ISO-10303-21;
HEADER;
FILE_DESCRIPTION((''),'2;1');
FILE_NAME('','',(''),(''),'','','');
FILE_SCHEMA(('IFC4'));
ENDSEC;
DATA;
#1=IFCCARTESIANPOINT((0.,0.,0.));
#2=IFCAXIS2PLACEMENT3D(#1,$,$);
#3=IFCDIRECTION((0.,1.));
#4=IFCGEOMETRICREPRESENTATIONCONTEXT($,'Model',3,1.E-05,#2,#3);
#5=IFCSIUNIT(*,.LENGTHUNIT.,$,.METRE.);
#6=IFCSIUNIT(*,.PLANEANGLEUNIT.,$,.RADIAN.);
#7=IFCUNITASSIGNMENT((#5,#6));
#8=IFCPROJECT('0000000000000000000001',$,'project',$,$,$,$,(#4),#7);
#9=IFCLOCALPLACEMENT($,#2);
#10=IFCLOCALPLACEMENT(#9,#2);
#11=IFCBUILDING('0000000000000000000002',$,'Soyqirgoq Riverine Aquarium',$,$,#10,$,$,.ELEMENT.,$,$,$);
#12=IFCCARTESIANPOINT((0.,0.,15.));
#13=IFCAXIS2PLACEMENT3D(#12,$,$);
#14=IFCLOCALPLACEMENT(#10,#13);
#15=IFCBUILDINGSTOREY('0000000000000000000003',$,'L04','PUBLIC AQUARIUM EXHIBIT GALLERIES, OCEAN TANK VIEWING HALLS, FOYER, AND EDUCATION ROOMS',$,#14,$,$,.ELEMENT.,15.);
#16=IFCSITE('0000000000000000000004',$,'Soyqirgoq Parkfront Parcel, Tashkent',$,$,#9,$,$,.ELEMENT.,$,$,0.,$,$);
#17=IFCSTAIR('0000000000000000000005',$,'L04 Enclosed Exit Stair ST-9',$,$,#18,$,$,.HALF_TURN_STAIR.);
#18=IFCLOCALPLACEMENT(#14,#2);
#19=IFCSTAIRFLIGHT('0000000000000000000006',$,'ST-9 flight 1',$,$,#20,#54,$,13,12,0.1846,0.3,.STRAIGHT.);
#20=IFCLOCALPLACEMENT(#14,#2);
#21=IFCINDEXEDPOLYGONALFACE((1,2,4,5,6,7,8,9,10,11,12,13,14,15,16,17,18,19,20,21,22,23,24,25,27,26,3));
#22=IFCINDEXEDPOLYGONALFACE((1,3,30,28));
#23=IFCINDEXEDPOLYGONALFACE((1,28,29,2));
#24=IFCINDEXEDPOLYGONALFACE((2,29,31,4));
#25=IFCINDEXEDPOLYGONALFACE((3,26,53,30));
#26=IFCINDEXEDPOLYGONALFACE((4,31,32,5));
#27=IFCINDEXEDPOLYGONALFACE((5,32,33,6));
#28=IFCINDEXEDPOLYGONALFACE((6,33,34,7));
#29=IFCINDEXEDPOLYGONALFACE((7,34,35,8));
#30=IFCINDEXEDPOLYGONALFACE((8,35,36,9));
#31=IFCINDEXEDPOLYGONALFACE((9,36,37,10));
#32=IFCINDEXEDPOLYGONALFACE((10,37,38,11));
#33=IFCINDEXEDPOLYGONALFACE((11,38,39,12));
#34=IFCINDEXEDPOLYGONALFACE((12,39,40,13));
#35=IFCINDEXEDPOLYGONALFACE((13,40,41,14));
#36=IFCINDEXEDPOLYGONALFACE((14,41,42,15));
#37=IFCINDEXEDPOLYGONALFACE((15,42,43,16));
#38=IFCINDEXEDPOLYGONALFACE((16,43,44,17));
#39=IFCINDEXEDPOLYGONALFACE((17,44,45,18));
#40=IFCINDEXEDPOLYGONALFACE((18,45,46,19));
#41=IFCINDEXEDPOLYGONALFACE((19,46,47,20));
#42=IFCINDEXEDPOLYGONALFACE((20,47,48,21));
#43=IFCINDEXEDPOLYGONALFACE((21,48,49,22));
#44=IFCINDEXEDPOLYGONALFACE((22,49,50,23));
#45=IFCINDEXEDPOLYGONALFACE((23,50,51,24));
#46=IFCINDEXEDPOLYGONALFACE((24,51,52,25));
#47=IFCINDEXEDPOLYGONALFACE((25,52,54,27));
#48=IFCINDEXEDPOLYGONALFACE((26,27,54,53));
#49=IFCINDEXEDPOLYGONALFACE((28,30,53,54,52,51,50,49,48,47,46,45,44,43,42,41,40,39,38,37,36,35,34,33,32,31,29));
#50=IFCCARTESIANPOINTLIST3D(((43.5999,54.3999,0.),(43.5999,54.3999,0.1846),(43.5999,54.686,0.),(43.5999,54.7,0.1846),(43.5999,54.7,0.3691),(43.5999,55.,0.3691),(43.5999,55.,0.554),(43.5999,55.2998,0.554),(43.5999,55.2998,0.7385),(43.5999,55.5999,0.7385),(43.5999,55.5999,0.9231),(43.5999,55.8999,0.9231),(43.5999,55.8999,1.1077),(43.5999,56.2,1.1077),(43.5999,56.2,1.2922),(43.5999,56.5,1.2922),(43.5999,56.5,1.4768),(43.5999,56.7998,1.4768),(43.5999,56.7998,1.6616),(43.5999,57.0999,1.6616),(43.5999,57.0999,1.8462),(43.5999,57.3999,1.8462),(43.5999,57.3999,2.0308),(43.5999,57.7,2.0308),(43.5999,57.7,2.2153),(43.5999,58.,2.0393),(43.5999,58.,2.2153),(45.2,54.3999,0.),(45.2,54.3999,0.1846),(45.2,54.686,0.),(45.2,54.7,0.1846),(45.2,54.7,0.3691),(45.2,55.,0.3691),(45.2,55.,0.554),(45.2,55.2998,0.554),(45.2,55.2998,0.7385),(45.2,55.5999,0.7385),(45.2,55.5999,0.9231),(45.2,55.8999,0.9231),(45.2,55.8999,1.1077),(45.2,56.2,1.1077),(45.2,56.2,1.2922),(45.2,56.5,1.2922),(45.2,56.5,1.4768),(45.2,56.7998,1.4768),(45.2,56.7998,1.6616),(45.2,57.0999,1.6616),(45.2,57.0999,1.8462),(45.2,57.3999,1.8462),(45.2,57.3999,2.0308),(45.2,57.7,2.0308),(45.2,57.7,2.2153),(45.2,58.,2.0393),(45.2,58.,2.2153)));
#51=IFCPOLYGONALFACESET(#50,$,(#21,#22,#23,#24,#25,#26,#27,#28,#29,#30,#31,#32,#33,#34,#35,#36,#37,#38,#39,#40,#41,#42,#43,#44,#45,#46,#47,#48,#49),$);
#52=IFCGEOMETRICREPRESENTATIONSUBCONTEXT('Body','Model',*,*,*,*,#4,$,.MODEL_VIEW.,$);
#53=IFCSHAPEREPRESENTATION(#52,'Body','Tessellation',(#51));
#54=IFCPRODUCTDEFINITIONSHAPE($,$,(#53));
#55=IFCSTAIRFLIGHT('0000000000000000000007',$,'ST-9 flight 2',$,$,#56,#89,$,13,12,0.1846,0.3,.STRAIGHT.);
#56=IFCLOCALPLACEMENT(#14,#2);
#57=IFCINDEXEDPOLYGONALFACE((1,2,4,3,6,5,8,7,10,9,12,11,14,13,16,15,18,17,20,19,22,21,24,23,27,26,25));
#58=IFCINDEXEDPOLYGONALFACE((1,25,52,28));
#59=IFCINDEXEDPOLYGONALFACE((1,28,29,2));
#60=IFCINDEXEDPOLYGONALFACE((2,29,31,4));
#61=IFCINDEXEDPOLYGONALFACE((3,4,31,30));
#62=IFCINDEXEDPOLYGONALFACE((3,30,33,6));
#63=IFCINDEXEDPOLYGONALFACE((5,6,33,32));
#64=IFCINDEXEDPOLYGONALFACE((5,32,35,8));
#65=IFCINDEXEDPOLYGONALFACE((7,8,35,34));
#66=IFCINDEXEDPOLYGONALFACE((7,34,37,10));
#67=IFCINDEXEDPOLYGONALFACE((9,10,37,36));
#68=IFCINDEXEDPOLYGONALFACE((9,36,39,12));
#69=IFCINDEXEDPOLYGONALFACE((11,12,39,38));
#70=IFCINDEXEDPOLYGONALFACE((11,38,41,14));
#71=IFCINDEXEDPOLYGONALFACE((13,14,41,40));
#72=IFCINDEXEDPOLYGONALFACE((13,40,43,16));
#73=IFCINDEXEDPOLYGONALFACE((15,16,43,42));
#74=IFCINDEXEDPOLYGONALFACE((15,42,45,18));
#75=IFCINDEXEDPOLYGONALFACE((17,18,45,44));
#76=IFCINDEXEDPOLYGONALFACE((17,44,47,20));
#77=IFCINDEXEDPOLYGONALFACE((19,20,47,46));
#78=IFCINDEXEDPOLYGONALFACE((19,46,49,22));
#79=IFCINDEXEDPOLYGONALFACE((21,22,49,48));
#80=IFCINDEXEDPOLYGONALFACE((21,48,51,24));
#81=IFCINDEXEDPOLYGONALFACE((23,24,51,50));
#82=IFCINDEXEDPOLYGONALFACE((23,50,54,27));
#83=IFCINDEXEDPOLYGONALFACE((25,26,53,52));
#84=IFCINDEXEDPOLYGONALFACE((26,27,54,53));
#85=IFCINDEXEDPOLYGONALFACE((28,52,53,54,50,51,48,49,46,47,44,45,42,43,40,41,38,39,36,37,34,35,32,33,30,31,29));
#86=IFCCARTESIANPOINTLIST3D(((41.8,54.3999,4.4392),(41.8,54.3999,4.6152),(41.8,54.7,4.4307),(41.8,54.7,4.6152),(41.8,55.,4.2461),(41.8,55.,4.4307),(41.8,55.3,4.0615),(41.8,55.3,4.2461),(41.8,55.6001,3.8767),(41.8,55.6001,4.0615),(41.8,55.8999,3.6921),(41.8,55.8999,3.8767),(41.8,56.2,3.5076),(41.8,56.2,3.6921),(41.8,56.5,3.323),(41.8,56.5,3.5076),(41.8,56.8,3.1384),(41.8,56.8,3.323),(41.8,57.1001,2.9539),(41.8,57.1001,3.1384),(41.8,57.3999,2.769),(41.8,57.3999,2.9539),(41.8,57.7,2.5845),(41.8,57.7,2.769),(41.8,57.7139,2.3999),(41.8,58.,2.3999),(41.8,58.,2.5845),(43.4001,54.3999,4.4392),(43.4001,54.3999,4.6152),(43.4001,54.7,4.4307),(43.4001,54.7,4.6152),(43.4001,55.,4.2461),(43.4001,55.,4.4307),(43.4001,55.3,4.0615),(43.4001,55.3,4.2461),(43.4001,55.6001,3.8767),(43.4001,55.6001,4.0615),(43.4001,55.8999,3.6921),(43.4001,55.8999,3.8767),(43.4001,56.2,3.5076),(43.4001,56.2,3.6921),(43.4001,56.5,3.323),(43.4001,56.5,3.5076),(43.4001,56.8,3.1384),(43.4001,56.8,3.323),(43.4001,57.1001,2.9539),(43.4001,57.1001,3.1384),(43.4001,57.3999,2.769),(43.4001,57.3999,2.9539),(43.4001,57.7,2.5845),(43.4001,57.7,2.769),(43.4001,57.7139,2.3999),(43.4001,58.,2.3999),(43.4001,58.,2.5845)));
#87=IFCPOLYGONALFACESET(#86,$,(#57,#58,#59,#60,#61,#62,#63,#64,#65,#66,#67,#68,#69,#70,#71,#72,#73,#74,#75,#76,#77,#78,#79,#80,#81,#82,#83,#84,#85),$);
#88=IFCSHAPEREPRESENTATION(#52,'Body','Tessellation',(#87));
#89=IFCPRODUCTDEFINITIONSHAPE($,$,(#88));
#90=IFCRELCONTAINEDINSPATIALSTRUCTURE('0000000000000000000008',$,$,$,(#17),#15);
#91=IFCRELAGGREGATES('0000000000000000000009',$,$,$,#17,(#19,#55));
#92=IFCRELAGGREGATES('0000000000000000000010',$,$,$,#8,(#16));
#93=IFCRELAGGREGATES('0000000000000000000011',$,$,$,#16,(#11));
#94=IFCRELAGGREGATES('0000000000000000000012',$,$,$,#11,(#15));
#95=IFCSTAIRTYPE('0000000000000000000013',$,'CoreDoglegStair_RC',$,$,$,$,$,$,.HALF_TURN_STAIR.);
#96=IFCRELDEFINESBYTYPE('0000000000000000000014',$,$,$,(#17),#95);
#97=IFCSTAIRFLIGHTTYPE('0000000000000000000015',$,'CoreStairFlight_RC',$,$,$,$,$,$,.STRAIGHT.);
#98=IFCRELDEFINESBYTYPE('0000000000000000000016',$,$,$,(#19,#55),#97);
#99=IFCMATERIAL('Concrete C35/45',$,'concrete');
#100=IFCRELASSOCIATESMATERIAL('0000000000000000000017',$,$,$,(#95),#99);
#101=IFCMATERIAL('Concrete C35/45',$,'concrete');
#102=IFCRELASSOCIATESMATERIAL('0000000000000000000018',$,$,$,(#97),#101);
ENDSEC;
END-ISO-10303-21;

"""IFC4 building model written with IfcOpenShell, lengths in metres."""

from ifc_helpers import new_model, si_unit, direction, frame, origin, place, context, subcontext, project, spatial, polyline, outline, extrude, material, type_object, element, aggregate, save


model = new_model("IFC4")

# Units and contexts
model_context = context("Model", 3, precision=1e-05, world=origin(), true_north=direction((0.0, 1.0)))
body_context = subcontext(model_context, "Body", "Model", "MODEL_VIEW")
ifc_project = project(units=[si_unit("LENGTHUNIT", "METRE"), si_unit("PLANEANGLEUNIT", "RADIAN")], contexts=[model_context])

# Site, building, storey
site_placement = place(None, origin())
site = spatial("IfcSite", under=ifc_project, at=site_placement, Name="Soyqirgoq Parkfront Parcel, Tashkent", CompositionType="ELEMENT", RefElevation=0.0)
building_placement = place(site_placement, origin())
building = spatial("IfcBuilding", under=site, at=building_placement, Name="Soyqirgoq Riverine Aquarium", CompositionType="ELEMENT")
storey_placement = place(building_placement, frame((0.0, 0.0, 15.0)))
storey = spatial("IfcBuildingStorey", under=building, at=storey_placement, Name="L04", Description="PUBLIC AQUARIUM EXHIBIT GALLERIES, OCEAN TANK VIEWING HALLS, FOYER, AND EDUCATION ROOMS", CompositionType="ELEMENT", Elevation=15.0)

# Stair, stair flights
ifc_material_1 = material(Name="Concrete C35/45", Category="concrete")
stair_type = type_object("IfcStairType", Name="CoreDoglegStair_RC", PredefinedType="HALF_TURN_STAIR", material=ifc_material_1)
stair_placement = place(storey_placement, origin())
stair = element("IfcStair", 1, at=stair_placement, inside=storey, type_object=stair_type, Name="L04 Enclosed Exit Stair ST-9", PredefinedType="HALF_TURN_STAIR")
ifc_material_2 = material(Name="Concrete C35/45", Category="concrete")
stair_flight_type = type_object("IfcStairFlightType", Name="CoreStairFlight_RC", PredefinedType="STRAIGHT", material=ifc_material_2)
stair_flight_1_placement = place(storey_placement, frame((44.3999, 54.3999, 0.0), z_axis=(0.0, 0.0, 1.0), x_axis=(0.0, 1.0, 0.0)))
stair_flight_1 = element("IfcStairFlight", 2, at=stair_flight_1_placement, type_object=stair_flight_type, Name="ST-9 flight 1", NumberOfRisers=13, NumberOfTreads=12, PredefinedType="STRAIGHT", RiserHeight=0.1846, TreadLength=0.3, context=body_context, shape_type="SweptSolid", body=[
    extrude(outline(polyline([(0.0, 0.0), (0.0, 0.1846), (0.3, 0.1846), (0.3, 0.3691), (0.6001, 0.3691), (0.6001, 0.554), (0.8999, 0.554), (0.8999, 0.7385), (1.2, 0.7385), (1.2, 0.9231), (1.5, 0.9231), (1.5, 1.1077), (1.8, 1.1077), (1.8, 1.2922), (2.1001, 1.2922), (2.1001, 1.4768), (2.3999, 1.4768), (2.3999, 1.6616), (2.7, 1.6616), (2.7, 1.8462), (3.0, 1.8462), (3.0, 2.0308), (3.3, 2.0308), (3.3, 2.2153), (3.6001, 2.2153), (3.6001, 2.3999), (3.6001, 2.0393), (0.2861, 0.0), (0.0, 0.0)])), frame((0.0, 0.8, 0.0), z_axis=(0.0, -1.0, 0.0), x_axis=(1.0, 0.0, 0.0)), (0.0, 0.0, 1.0), 1.6001),
])
stair_flight_2_placement = place(storey_placement, frame((42.6001, 58.0, 2.3999), z_axis=(0.0, 0.0, 1.0), x_axis=(0.0, -1.0, 0.0)))
stair_flight_2 = element("IfcStairFlight", 3, at=stair_flight_2_placement, type_object=stair_flight_type, Name="ST-9 flight 2", NumberOfRisers=13, NumberOfTreads=12, PredefinedType="STRAIGHT", RiserHeight=0.1846, TreadLength=0.3, context=body_context, shape_type="SweptSolid", body=[
    extrude(outline(polyline([(0.0, 0.0), (0.0, 0.1846), (0.3, 0.1846), (0.3, 0.3691), (0.6001, 0.3691), (0.6001, 0.554), (0.8999, 0.554), (0.8999, 0.7385), (1.2, 0.7385), (1.2, 0.9231), (1.5, 0.9231), (1.5, 1.1077), (1.8, 1.1077), (1.8, 1.2922), (2.1001, 1.2922), (2.1001, 1.4768), (2.3999, 1.4768), (2.3999, 1.6616), (2.7, 1.6616), (2.7, 1.8462), (3.0, 1.8462), (3.0, 2.0308), (3.3, 2.0308), (3.3, 2.2153), (3.6001, 2.2153), (3.6001, 2.3999), (3.6001, 2.0393), (0.2861, 0.0), (0.0, 0.0)])), frame((0.0, 0.8, 0.0), z_axis=(0.0, -1.0, 0.0), x_axis=(1.0, 0.0, 0.0)), (0.0, 0.0, 1.0), 1.6001),
])
aggregate(stair, [stair_flight_1, stair_flight_2])

save(model, "model.ifc")
